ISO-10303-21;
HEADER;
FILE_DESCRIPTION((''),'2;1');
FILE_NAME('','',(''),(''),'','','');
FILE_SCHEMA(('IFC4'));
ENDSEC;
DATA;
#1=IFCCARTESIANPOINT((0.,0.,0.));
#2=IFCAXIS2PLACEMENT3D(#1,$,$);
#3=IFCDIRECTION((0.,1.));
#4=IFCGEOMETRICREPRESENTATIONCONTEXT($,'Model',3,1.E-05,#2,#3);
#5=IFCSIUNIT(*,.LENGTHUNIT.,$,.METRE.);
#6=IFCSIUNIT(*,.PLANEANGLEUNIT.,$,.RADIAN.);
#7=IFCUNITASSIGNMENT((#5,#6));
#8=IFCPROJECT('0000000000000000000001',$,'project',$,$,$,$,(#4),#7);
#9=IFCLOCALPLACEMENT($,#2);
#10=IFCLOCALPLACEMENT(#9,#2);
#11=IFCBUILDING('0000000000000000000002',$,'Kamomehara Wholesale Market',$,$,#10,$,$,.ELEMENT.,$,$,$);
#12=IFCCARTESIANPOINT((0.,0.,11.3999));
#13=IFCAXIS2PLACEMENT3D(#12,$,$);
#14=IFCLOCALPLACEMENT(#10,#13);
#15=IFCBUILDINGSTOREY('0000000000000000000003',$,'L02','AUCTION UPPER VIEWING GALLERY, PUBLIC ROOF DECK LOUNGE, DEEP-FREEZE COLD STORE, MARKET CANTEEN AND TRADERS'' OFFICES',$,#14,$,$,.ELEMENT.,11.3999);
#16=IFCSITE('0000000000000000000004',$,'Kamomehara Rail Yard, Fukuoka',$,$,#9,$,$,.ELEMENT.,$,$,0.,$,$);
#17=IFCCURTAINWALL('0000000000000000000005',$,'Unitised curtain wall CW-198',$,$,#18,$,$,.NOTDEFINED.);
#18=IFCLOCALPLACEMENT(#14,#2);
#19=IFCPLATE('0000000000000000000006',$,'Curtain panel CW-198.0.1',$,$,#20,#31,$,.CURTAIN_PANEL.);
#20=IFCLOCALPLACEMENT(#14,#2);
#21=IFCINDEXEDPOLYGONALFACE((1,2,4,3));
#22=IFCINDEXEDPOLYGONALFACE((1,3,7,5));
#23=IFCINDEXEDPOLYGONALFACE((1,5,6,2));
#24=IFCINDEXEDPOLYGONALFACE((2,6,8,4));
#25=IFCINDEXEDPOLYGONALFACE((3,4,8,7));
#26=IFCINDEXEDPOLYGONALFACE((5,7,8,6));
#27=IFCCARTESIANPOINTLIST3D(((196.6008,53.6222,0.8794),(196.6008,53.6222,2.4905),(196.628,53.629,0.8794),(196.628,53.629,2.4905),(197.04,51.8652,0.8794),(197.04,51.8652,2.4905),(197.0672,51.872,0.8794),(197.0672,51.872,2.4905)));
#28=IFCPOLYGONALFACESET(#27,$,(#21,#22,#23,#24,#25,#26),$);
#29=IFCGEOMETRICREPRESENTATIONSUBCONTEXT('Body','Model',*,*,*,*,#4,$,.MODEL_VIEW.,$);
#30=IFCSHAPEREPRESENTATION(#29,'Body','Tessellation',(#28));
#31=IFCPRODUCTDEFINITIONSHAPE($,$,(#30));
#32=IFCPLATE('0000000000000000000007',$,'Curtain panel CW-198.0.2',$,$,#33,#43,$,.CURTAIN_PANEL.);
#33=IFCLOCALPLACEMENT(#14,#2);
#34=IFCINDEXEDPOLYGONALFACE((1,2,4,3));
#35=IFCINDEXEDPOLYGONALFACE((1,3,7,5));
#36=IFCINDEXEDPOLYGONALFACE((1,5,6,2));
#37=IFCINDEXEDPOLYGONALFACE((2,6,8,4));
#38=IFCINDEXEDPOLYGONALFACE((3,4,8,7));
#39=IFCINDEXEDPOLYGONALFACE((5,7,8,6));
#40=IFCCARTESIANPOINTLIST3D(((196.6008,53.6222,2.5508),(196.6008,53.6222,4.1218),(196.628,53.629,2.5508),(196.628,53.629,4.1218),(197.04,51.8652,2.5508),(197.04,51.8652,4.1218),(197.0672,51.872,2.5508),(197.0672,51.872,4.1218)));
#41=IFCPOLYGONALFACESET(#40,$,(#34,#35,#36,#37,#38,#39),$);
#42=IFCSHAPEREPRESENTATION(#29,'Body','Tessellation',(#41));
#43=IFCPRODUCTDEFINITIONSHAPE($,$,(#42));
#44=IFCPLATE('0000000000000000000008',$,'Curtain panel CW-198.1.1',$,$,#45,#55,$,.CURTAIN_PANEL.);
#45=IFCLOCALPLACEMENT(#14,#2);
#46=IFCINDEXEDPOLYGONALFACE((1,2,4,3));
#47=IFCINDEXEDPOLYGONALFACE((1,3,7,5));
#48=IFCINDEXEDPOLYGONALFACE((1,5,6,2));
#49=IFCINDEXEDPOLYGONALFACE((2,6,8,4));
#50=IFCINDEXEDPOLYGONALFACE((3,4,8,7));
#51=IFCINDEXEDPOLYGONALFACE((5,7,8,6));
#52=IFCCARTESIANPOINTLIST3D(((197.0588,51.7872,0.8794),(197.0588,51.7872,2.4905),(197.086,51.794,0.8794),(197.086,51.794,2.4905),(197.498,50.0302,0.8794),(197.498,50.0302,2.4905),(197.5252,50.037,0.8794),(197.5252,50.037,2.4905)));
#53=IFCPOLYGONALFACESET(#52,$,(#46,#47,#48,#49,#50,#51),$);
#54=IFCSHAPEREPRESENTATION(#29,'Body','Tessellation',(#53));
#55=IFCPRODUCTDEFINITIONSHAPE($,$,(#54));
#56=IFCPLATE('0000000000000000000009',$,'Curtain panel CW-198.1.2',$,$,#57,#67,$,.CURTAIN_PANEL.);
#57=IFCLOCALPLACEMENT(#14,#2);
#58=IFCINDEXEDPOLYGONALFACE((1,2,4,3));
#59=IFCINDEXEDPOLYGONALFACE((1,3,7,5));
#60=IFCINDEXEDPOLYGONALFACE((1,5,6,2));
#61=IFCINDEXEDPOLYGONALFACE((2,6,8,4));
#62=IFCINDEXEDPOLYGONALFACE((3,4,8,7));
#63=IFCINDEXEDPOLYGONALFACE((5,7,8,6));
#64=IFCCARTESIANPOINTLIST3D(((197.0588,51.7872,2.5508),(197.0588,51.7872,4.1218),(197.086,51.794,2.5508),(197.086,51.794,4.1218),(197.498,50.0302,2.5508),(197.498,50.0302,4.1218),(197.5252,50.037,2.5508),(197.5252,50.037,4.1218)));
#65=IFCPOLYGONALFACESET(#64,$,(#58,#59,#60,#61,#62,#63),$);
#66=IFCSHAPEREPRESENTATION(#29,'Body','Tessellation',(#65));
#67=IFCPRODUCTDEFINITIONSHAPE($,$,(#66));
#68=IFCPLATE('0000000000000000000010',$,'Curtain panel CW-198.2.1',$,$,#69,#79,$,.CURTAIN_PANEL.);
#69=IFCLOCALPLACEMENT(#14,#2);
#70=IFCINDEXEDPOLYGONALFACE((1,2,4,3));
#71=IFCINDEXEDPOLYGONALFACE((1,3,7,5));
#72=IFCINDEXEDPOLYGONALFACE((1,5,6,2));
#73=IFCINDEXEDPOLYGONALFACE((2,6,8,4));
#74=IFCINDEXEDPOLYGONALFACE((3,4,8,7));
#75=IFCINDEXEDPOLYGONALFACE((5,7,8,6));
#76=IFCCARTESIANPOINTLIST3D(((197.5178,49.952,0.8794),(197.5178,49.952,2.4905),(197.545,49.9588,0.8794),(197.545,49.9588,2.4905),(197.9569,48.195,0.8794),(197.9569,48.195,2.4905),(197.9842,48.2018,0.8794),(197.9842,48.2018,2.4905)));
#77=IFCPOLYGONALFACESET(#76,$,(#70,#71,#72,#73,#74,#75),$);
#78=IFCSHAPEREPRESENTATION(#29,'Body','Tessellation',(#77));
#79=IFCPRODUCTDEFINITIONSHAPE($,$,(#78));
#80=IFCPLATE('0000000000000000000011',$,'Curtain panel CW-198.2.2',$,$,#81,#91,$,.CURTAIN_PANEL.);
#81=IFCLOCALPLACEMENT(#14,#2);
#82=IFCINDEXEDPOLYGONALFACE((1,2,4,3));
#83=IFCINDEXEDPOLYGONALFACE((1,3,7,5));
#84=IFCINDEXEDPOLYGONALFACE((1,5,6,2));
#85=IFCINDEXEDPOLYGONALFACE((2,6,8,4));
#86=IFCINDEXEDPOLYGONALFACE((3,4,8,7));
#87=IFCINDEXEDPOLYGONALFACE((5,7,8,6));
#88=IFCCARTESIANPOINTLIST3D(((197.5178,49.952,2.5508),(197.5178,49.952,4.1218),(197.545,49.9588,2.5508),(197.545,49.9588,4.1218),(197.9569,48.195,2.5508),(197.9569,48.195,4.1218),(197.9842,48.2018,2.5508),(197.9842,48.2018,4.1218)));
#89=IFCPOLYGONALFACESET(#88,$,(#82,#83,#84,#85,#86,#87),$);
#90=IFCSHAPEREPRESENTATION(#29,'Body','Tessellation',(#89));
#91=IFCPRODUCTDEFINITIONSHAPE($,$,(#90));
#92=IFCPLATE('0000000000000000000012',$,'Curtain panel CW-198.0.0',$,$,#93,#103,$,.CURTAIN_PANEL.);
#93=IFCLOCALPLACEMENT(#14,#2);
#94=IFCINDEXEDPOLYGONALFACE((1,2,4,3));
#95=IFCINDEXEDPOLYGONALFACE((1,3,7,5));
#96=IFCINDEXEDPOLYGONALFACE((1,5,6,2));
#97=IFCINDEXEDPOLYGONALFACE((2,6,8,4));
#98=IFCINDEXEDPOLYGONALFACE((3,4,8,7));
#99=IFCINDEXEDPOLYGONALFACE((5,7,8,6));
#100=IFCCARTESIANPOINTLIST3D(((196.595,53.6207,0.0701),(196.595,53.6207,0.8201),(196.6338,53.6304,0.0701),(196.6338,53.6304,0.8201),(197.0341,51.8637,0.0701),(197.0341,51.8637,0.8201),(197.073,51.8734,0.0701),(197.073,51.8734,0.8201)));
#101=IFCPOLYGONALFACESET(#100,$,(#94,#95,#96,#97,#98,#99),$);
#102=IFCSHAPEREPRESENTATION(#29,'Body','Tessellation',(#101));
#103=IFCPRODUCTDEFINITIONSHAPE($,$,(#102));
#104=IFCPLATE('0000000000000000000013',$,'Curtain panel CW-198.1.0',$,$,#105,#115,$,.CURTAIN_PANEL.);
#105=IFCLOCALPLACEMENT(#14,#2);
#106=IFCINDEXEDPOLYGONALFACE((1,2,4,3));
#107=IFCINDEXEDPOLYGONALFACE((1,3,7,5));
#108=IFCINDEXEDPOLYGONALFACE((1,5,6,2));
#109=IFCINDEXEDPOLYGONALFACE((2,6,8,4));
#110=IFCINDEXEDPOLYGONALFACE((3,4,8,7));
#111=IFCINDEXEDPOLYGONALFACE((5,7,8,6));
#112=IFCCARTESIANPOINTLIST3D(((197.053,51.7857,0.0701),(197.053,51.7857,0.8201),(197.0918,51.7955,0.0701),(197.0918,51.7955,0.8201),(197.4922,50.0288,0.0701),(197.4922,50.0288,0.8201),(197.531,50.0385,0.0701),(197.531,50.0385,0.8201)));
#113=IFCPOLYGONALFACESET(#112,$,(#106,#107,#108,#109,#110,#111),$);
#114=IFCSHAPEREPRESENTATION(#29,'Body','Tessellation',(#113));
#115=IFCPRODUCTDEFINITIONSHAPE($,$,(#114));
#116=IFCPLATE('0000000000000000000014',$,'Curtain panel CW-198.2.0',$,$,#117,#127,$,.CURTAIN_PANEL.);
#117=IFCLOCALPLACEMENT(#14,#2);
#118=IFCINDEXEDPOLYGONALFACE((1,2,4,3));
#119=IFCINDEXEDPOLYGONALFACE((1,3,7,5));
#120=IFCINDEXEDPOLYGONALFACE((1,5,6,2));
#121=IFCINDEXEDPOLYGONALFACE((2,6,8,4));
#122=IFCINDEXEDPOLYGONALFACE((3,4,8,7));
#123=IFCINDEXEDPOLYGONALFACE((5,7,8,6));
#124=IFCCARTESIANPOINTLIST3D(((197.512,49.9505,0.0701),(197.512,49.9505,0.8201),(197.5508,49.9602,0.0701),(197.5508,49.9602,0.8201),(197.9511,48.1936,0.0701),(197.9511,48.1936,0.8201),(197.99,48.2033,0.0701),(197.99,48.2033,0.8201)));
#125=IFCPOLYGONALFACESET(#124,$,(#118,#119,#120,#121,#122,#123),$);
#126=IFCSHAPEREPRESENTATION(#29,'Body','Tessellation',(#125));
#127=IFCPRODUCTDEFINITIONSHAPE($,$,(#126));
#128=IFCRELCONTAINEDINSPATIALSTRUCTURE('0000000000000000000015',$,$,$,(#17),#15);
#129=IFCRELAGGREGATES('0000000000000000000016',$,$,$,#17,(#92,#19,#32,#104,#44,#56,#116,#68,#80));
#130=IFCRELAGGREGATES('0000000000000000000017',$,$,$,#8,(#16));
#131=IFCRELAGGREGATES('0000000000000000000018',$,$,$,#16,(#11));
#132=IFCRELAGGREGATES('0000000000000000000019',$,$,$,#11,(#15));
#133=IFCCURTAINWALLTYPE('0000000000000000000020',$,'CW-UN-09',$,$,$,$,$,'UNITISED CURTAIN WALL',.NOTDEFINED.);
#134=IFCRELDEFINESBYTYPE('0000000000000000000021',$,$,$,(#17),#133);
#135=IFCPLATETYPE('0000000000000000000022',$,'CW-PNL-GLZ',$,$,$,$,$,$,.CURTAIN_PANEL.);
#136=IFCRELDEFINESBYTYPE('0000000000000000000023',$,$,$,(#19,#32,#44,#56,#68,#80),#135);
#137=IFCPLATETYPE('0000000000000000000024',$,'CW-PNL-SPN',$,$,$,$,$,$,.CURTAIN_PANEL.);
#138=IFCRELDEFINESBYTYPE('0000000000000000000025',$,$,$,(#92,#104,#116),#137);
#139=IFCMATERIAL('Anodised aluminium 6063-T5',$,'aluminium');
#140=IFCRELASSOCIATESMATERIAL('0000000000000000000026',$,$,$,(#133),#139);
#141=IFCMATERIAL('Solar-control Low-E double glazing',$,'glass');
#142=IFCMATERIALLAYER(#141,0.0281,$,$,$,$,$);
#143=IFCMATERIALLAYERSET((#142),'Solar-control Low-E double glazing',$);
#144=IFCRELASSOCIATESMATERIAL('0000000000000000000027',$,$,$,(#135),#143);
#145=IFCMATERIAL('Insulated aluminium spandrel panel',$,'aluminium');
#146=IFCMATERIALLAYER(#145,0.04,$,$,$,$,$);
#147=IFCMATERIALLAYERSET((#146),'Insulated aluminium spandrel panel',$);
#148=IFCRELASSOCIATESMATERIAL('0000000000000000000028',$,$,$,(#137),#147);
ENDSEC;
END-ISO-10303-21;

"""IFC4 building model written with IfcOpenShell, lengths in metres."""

from ifc_helpers import new_model, si_unit, direction, frame, origin, origin_2d, place, context, subcontext, project, spatial, rectangle, extrude, material, layer, layer_set, type_object, element, aggregate, save


model = new_model("IFC4")

# Units and contexts
model_context = context("Model", 3, precision=1e-05, world=origin(), true_north=direction((0.0, 1.0)))
body_context = subcontext(model_context, "Body", "Model", "MODEL_VIEW")
ifc_project = project(units=[si_unit("LENGTHUNIT", "METRE"), si_unit("PLANEANGLEUNIT", "RADIAN")], contexts=[model_context])

# Site, building, storey
site_placement = place(None, origin())
site = spatial("IfcSite", under=ifc_project, at=site_placement, Name="Kamomehara Rail Yard, Fukuoka", CompositionType="ELEMENT", RefElevation=0.0)
building_placement = place(site_placement, origin())
building = spatial("IfcBuilding", under=site, at=building_placement, Name="Kamomehara Wholesale Market", CompositionType="ELEMENT")
storey_placement = place(building_placement, frame((0.0, 0.0, 11.3999)))
storey = spatial("IfcBuildingStorey", under=building, at=storey_placement, Name="L02", Description="AUCTION UPPER VIEWING GALLERY, PUBLIC ROOF DECK LOUNGE, DEEP-FREEZE COLD STORE, MARKET CANTEEN AND TRADERS' OFFICES", CompositionType="ELEMENT", Elevation=11.3999)

# Shared definitions
ifc_material_1 = material(Name="Anodised aluminium 6063-T5", Category="aluminium")
curtain_wall_type = type_object("IfcCurtainWallType", Name="CW-UN-09", ElementType="UNITISED CURTAIN WALL", PredefinedType="NOTDEFINED", material=ifc_material_1)

# Curtain wall
curtain_wall_1_placement = place(storey_placement, origin())
curtain_wall_1 = element("IfcCurtainWall", 1, at=curtain_wall_1_placement, inside=storey, type_object=curtain_wall_type, Name="Unitised curtain wall CW-198", PredefinedType="NOTDEFINED")

# Plates
ifc_material_2 = material(Name="Solar-control Low-E double glazing", Category="glass")
ifc_layer_1 = layer(ifc_material_2, 0.0281)
ifc_layer_set_1 = layer_set([ifc_layer_1], Name="Solar-control Low-E double glazing")
plate_type_1 = type_object("IfcPlateType", Name="CW-PNL-GLZ", PredefinedType="CURTAIN_PANEL", material=ifc_layer_set_1)
plate_1_placement = place(storey_placement, frame((196.834, 52.7471, 0.8794), z_axis=(0.0, 0.0, 1.0), x_axis=(0.242498, -0.970152, 0.0)))
plate_1 = element("IfcPlate", 2, at=plate_1_placement, type_object=plate_type_1, Name="Curtain panel CW-198.0.1", PredefinedType="CURTAIN_PANEL", context=body_context, shape_type="SweptSolid", body=[
    extrude(rectangle(XDim=1.811, YDim=0.0281, at=origin_2d()), origin(), (0.0, 0.0, 1.0), 1.6111),
])
plate_2_placement = place(storey_placement, frame((196.834, 52.7471, 2.5508), z_axis=(0.0, 0.0, 1.0), x_axis=(0.242498, -0.970152, 0.0)))
plate_2 = element("IfcPlate", 3, at=plate_2_placement, type_object=plate_type_1, Name="Curtain panel CW-198.0.2", PredefinedType="CURTAIN_PANEL", context=body_context, shape_type="SweptSolid", body=[
    extrude(rectangle(XDim=1.811, YDim=0.0281, at=origin_2d()), origin(), (0.0, 0.0, 1.0), 1.571),
])
plate_3_placement = place(storey_placement, frame((197.292, 50.9121, 0.8794), z_axis=(0.0, 0.0, 1.0), x_axis=(0.242498, -0.970152, 0.0)))
plate_3 = element("IfcPlate", 4, at=plate_3_placement, type_object=plate_type_1, Name="Curtain panel CW-198.1.1", PredefinedType="CURTAIN_PANEL", context=body_context, shape_type="SweptSolid", body=[
    extrude(rectangle(XDim=1.811, YDim=0.0281, at=origin_2d()), origin(), (0.0, 0.0, 1.0), 1.6111),
])
plate_4_placement = place(storey_placement, frame((197.292, 50.9121, 2.5508), z_axis=(0.0, 0.0, 1.0), x_axis=(0.242498, -0.970152, 0.0)))
plate_4 = element("IfcPlate", 5, at=plate_4_placement, type_object=plate_type_1, Name="Curtain panel CW-198.1.2", PredefinedType="CURTAIN_PANEL", context=body_context, shape_type="SweptSolid", body=[
    extrude(rectangle(XDim=1.811, YDim=0.0281, at=origin_2d()), origin(), (0.0, 0.0, 1.0), 1.571),
])
plate_5_placement = place(storey_placement, frame((197.751, 49.0769, 0.8794), z_axis=(0.0, 0.0, 1.0), x_axis=(0.242498, -0.970152, 0.0)))
plate_5 = element("IfcPlate", 6, at=plate_5_placement, type_object=plate_type_1, Name="Curtain panel CW-198.2.1", PredefinedType="CURTAIN_PANEL", context=body_context, shape_type="SweptSolid", body=[
    extrude(rectangle(XDim=1.811, YDim=0.0281, at=origin_2d()), origin(), (0.0, 0.0, 1.0), 1.6111),
])
plate_6_placement = place(storey_placement, frame((197.751, 49.0769, 2.5508), z_axis=(0.0, 0.0, 1.0), x_axis=(0.242498, -0.970152, 0.0)))
plate_6 = element("IfcPlate", 7, at=plate_6_placement, type_object=plate_type_1, Name="Curtain panel CW-198.2.2", PredefinedType="CURTAIN_PANEL", context=body_context, shape_type="SweptSolid", body=[
    extrude(rectangle(XDim=1.811, YDim=0.0281, at=origin_2d()), origin(), (0.0, 0.0, 1.0), 1.571),
])
ifc_material_3 = material(Name="Insulated aluminium spandrel panel", Category="aluminium")
ifc_layer_2 = layer(ifc_material_3, 0.04)
ifc_layer_set_2 = layer_set([ifc_layer_2], Name="Insulated aluminium spandrel panel")
plate_type_2 = type_object("IfcPlateType", Name="CW-PNL-SPN", PredefinedType="CURTAIN_PANEL", material=ifc_layer_set_2)
plate_7_placement = place(storey_placement, frame((196.834, 52.7471, 0.0701), z_axis=(0.0, 0.0, 1.0), x_axis=(0.242498, -0.970152, 0.0)))
plate_7 = element("IfcPlate", 8, at=plate_7_placement, type_object=plate_type_2, Name="Curtain panel CW-198.0.0", PredefinedType="CURTAIN_PANEL", context=body_context, shape_type="SweptSolid", body=[
    extrude(rectangle(XDim=1.811, YDim=0.04, at=origin_2d()), origin(), (0.0, 0.0, 1.0), 0.75),
])
plate_8_placement = place(storey_placement, frame((197.292, 50.9121, 0.0701), z_axis=(0.0, 0.0, 1.0), x_axis=(0.242498, -0.970152, 0.0)))
plate_8 = element("IfcPlate", 9, at=plate_8_placement, type_object=plate_type_2, Name="Curtain panel CW-198.1.0", PredefinedType="CURTAIN_PANEL", context=body_context, shape_type="SweptSolid", body=[
    extrude(rectangle(XDim=1.811, YDim=0.04, at=origin_2d()), origin(), (0.0, 0.0, 1.0), 0.75),
])
plate_9_placement = place(storey_placement, frame((197.751, 49.0769, 0.0701), z_axis=(0.0, 0.0, 1.0), x_axis=(0.242498, -0.970152, 0.0)))
plate_9 = element("IfcPlate", 10, at=plate_9_placement, type_object=plate_type_2, Name="Curtain panel CW-198.2.0", PredefinedType="CURTAIN_PANEL", context=body_context, shape_type="SweptSolid", body=[
    extrude(rectangle(XDim=1.811, YDim=0.04, at=origin_2d()), origin(), (0.0, 0.0, 1.0), 0.75),
])
aggregate(curtain_wall_1, [plate_7, plate_1, plate_2, plate_8, plate_3, plate_4, plate_9, plate_5, plate_6])

save(model, "model.ifc")
